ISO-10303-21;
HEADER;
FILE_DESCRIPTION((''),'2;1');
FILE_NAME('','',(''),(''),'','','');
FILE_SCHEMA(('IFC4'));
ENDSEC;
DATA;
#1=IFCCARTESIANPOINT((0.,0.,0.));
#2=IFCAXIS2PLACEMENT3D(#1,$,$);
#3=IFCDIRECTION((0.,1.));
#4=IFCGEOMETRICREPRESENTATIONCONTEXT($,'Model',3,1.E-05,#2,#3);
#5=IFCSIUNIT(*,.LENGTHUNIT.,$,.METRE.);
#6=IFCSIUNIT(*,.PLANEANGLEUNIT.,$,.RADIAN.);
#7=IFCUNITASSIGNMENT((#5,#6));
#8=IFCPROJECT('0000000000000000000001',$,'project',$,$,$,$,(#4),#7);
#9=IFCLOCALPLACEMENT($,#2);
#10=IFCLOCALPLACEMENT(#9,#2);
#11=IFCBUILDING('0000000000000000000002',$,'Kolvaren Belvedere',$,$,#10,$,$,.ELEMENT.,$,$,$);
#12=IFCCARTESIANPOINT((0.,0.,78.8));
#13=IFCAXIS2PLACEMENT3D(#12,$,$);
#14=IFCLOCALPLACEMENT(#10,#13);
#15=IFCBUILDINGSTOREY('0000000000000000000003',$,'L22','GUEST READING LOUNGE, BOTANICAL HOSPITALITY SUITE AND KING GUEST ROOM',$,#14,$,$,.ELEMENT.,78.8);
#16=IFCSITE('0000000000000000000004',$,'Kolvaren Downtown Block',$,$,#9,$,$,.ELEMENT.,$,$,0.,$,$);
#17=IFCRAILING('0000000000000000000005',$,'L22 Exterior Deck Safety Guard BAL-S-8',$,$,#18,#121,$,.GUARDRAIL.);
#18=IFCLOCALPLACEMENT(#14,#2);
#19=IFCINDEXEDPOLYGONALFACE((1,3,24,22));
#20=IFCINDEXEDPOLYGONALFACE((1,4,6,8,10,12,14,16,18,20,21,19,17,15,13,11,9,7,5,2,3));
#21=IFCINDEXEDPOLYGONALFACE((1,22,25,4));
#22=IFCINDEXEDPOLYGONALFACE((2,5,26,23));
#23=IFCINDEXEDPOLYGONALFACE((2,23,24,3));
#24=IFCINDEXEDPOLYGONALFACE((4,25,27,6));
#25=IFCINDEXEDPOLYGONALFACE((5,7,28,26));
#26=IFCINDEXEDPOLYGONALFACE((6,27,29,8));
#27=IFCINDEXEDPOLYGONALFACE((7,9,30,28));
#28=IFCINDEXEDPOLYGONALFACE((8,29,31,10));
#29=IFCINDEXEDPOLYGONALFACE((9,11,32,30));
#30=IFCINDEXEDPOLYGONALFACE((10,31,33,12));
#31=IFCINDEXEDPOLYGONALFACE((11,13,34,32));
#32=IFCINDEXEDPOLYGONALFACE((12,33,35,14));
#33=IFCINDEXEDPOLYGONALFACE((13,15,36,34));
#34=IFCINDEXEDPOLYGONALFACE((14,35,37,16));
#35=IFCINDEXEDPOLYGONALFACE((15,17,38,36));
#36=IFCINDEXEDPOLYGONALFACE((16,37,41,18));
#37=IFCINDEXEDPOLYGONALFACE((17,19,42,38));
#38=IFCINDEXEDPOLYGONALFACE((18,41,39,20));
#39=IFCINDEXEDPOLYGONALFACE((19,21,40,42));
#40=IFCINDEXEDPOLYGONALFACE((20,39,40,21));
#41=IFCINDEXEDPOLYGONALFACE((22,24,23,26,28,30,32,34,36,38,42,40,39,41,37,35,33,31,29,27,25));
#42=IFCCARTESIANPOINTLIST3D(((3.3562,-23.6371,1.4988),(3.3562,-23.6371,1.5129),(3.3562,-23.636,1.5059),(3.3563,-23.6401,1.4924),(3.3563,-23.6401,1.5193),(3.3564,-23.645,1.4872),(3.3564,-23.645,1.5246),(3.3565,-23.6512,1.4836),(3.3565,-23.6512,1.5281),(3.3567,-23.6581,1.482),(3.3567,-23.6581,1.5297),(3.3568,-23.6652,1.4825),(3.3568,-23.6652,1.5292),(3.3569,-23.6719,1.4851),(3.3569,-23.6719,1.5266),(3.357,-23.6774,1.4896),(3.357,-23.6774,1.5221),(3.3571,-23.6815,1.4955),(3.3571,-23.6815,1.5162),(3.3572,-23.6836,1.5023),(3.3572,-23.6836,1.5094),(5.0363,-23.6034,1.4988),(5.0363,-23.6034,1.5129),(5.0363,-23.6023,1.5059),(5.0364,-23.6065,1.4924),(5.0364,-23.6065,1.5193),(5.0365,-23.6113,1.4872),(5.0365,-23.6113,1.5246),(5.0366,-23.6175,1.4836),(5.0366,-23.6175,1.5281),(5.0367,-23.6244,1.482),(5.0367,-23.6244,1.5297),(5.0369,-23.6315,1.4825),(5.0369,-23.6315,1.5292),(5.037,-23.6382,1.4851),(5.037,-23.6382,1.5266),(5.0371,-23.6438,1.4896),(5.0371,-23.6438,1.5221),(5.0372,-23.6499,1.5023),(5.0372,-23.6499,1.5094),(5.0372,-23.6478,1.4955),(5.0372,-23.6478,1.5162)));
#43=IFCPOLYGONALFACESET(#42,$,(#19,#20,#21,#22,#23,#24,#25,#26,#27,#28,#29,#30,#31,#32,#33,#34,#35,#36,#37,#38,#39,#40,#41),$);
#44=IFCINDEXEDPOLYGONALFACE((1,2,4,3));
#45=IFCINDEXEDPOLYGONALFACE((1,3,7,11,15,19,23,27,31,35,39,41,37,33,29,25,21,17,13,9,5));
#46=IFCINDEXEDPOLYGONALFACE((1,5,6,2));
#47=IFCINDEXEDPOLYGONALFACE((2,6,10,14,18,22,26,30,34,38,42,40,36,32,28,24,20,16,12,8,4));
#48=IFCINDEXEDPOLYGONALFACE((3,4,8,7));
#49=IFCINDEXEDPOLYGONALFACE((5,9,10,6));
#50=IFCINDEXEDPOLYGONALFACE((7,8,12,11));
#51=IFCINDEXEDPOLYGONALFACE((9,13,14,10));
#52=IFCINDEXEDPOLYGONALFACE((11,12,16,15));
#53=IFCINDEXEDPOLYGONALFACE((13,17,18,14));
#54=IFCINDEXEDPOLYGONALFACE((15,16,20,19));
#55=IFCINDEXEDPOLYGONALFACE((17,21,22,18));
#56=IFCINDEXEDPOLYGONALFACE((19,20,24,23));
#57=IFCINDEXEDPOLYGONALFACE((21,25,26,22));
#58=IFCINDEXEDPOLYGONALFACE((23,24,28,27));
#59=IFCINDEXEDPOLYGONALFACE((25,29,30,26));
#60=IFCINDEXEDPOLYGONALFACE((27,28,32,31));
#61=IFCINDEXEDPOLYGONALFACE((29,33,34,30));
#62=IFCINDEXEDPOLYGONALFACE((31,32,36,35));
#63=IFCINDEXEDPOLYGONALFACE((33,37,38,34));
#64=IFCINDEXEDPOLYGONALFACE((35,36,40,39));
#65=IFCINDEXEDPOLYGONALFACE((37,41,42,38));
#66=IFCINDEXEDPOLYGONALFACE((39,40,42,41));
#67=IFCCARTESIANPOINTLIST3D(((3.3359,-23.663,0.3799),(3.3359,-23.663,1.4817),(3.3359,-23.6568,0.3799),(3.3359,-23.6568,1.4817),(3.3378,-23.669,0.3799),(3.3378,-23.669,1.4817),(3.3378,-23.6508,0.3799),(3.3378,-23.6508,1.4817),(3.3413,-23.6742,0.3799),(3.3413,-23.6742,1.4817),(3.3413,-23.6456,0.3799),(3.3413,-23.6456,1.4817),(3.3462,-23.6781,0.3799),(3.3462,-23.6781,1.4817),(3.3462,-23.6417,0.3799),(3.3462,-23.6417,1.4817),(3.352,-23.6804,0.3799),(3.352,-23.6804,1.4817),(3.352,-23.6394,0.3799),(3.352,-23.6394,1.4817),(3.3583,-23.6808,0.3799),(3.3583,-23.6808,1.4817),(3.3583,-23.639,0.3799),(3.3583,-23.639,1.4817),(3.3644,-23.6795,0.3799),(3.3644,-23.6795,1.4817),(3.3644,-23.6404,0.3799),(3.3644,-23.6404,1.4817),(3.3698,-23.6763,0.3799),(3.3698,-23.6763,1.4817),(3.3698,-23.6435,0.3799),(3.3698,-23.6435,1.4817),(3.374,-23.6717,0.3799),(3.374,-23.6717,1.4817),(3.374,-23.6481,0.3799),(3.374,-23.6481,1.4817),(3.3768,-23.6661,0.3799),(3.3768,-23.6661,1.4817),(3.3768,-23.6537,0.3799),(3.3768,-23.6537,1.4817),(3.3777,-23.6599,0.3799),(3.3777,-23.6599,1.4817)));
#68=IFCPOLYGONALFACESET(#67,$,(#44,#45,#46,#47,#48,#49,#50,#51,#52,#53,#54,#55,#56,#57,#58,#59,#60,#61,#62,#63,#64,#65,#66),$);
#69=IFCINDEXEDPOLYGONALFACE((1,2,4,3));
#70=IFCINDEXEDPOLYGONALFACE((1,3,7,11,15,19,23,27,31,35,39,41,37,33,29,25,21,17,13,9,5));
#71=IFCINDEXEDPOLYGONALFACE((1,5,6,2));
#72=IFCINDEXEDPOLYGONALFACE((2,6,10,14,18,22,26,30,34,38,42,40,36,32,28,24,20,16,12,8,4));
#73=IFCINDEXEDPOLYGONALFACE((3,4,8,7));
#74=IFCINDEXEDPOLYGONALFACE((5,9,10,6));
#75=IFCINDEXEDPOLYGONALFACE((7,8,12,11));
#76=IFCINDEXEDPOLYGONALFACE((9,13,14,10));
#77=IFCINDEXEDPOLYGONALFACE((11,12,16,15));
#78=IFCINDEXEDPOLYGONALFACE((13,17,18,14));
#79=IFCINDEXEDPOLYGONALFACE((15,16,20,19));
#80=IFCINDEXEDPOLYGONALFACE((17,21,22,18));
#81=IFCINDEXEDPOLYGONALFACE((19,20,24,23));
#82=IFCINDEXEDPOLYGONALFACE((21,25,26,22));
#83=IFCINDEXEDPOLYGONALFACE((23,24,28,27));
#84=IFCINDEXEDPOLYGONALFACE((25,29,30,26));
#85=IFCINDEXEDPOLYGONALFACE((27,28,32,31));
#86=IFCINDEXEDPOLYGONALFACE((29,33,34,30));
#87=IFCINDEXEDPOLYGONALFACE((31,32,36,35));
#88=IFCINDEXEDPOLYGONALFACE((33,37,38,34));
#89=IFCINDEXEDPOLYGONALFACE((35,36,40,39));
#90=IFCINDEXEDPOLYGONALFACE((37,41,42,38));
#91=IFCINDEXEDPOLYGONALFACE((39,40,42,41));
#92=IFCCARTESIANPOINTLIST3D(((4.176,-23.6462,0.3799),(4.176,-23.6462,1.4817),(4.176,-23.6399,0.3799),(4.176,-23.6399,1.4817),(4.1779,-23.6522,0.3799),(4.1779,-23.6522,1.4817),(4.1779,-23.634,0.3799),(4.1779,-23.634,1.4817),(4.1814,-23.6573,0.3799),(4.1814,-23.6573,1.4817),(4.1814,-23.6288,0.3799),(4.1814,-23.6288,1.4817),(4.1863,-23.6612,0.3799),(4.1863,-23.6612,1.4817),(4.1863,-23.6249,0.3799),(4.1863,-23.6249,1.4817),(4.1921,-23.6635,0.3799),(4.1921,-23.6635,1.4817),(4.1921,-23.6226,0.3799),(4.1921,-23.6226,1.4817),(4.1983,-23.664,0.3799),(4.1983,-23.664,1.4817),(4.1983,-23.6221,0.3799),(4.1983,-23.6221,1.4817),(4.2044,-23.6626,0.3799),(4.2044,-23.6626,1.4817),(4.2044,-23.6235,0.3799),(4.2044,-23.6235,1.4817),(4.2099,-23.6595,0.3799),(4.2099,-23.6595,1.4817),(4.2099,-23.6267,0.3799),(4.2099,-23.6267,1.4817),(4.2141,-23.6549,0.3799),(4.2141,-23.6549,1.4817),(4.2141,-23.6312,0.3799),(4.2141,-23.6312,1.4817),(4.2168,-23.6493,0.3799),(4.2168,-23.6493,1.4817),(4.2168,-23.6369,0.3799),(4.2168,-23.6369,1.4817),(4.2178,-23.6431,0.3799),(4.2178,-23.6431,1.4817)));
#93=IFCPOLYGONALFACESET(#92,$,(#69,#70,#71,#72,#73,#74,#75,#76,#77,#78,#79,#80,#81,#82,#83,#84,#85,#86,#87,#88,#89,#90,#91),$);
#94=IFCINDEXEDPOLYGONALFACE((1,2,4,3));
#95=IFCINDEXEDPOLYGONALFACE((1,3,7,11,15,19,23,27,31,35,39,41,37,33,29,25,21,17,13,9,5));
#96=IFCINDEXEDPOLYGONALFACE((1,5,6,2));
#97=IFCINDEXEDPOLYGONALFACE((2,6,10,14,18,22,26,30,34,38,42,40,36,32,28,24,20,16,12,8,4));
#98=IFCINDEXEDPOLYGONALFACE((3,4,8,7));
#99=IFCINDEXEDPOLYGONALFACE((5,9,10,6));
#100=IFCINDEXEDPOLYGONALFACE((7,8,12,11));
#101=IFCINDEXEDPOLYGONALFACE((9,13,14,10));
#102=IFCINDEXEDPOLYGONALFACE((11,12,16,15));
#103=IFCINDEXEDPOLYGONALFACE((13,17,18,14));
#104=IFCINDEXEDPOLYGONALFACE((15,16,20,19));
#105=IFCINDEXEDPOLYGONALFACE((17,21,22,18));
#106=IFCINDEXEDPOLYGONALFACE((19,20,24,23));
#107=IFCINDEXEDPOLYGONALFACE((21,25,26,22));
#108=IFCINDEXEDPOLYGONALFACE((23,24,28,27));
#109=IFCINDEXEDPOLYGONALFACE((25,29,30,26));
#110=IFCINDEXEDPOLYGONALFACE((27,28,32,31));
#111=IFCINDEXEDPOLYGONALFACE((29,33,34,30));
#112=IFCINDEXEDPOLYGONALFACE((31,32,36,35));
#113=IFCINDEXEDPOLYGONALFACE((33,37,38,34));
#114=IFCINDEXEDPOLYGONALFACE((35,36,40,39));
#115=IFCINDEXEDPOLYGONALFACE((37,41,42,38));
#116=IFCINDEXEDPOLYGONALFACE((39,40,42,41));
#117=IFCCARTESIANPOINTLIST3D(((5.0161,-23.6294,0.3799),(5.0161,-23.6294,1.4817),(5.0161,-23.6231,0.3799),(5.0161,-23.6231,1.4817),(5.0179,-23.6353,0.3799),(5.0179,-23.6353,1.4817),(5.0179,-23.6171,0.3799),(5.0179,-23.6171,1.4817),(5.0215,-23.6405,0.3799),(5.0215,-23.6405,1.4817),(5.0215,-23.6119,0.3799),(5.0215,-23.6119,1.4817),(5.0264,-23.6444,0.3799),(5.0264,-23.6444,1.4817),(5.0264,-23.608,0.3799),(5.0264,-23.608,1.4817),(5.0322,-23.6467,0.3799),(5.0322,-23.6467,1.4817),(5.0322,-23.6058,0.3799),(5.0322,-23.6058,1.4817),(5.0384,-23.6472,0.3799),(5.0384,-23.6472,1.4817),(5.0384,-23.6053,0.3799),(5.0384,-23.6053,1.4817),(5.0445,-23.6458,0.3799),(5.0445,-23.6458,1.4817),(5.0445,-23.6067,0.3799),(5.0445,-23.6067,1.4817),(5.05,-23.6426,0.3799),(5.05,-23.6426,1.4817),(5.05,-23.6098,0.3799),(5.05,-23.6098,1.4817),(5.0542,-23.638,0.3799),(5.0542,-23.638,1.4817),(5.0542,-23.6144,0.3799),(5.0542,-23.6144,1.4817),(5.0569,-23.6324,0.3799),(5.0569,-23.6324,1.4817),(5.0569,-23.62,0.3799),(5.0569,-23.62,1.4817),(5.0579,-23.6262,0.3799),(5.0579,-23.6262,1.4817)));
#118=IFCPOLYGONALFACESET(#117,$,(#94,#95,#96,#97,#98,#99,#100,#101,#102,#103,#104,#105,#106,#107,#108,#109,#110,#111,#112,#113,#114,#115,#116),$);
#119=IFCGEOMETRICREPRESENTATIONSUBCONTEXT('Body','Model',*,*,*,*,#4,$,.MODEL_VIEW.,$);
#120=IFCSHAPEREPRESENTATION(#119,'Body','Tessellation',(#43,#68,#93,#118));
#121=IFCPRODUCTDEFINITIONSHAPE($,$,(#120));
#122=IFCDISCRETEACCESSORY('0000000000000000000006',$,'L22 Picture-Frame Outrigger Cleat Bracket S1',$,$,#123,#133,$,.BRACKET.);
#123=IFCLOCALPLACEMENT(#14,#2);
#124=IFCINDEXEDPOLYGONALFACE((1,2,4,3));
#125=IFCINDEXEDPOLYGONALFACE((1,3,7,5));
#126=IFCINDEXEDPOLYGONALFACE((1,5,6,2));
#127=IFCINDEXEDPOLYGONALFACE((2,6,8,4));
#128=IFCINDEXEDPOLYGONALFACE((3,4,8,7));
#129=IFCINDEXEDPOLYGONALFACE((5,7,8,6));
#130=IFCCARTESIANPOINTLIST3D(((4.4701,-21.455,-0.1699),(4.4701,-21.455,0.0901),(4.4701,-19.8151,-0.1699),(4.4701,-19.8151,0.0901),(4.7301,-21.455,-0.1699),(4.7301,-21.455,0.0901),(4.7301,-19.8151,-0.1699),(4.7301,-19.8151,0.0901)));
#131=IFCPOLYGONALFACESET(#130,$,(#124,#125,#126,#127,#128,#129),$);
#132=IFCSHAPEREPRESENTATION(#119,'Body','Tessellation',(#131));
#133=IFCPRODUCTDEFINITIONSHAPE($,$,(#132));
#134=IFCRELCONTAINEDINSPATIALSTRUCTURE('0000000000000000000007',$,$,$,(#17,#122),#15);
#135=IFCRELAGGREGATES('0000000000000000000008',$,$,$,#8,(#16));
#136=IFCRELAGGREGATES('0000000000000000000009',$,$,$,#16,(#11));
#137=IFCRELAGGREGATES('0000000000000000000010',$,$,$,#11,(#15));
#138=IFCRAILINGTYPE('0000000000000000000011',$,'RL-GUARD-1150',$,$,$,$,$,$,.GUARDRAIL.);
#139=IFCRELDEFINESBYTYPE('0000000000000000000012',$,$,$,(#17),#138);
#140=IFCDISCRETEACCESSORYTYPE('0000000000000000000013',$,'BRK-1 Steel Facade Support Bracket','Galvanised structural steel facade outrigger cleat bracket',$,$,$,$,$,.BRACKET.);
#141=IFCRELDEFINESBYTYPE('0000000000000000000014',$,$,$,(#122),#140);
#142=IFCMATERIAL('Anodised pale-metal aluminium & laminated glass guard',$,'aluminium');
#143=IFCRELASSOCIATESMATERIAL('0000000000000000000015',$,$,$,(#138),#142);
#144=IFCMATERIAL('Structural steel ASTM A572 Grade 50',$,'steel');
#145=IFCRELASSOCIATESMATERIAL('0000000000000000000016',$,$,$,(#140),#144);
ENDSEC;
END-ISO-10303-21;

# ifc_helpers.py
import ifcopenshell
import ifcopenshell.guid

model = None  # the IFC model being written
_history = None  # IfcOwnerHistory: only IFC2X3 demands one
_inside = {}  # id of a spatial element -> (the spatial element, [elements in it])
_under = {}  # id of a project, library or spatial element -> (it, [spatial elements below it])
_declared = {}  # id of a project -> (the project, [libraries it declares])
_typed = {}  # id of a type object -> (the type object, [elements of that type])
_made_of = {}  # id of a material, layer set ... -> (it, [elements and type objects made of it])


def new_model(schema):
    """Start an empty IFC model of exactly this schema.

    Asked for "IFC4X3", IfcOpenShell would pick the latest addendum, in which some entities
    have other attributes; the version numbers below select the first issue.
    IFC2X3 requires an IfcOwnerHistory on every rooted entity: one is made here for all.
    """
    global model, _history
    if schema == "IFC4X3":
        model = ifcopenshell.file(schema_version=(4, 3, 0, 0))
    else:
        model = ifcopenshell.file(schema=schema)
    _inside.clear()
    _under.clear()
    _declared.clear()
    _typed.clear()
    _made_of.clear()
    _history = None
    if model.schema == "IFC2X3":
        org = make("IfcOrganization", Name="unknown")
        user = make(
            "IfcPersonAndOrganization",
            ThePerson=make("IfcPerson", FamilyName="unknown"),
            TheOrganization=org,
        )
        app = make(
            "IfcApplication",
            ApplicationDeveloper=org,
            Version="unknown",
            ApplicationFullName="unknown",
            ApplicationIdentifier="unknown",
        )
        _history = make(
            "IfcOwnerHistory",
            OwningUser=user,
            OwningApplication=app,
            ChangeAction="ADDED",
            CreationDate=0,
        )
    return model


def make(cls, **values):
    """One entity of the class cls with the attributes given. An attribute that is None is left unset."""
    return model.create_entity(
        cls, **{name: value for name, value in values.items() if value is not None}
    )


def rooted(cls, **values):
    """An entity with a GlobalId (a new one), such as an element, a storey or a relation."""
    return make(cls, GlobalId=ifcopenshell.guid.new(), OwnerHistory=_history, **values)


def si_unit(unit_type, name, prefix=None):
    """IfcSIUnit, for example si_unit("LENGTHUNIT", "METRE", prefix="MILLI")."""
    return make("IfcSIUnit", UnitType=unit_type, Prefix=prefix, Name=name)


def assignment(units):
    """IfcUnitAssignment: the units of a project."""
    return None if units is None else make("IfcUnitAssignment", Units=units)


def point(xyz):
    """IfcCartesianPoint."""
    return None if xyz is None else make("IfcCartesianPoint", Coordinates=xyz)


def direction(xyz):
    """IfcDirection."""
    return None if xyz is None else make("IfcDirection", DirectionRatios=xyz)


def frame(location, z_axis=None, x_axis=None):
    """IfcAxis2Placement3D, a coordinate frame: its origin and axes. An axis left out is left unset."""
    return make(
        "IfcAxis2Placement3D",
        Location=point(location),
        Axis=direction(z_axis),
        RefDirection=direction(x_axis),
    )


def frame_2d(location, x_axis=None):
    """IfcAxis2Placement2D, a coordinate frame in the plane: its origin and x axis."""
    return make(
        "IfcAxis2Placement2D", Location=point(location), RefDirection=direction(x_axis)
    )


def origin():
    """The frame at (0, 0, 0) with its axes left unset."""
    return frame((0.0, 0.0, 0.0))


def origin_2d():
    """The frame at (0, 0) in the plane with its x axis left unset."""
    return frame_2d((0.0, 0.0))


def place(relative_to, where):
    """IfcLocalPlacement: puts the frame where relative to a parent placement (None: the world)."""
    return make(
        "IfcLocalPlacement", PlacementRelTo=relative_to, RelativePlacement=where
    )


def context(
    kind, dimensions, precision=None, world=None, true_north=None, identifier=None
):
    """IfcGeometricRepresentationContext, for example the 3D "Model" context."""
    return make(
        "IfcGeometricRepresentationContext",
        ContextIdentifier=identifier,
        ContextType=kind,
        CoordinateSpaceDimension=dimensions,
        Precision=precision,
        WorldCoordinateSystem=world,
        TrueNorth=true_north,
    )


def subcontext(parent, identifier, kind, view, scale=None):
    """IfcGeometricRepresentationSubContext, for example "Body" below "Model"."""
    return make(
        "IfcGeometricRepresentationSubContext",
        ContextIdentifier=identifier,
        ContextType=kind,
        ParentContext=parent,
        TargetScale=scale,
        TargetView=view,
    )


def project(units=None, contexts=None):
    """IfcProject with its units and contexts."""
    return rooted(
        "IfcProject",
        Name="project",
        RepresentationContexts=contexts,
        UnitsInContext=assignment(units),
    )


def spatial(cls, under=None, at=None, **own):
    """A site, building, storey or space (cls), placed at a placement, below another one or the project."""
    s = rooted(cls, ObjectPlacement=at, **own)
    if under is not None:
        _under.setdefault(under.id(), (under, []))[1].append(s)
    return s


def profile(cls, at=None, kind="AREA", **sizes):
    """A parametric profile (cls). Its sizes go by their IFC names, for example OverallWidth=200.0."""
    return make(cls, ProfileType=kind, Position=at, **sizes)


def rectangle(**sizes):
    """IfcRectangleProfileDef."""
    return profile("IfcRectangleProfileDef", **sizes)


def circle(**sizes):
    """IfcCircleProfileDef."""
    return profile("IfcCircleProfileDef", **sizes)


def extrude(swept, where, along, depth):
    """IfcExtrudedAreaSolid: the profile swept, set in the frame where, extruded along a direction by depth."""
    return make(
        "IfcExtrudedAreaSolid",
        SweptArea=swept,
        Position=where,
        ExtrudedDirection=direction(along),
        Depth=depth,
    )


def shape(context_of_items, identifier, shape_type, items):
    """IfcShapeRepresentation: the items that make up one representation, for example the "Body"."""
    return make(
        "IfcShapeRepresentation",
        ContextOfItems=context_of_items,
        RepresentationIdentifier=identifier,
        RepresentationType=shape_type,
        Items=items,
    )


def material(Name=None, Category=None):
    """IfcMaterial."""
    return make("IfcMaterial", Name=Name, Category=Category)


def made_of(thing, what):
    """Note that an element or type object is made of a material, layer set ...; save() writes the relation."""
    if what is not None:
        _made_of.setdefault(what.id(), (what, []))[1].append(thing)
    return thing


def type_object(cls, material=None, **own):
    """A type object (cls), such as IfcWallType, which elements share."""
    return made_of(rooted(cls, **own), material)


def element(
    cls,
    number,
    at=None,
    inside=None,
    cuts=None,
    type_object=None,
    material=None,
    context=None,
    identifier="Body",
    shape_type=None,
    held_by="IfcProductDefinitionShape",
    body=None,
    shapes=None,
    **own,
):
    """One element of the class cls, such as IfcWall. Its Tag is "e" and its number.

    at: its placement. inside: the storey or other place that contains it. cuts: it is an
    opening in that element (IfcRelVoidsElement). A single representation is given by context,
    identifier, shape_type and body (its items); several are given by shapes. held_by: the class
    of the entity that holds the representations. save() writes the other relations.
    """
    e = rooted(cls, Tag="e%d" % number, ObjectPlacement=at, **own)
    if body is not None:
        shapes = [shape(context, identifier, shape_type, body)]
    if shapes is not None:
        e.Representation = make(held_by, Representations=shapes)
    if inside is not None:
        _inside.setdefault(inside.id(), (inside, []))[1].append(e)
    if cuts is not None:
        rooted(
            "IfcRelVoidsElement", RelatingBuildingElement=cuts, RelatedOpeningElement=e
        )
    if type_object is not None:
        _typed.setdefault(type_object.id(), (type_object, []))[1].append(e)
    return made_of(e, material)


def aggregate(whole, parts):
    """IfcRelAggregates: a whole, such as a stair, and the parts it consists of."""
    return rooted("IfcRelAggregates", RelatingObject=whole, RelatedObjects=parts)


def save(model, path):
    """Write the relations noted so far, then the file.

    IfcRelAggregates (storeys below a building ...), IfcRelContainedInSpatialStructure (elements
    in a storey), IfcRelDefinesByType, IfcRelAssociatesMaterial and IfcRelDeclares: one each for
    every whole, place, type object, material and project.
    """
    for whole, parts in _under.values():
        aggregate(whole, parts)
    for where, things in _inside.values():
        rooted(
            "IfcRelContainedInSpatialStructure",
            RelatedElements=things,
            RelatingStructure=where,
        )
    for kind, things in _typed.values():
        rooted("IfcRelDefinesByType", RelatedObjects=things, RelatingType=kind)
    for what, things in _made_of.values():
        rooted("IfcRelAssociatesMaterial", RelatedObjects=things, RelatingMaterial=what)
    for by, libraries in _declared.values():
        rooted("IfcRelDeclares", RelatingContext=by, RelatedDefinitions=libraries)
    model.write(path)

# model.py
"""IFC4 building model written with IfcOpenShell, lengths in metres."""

from ifc_helpers import new_model, si_unit, direction, frame, origin, origin_2d, place, context, subcontext, project, spatial, rectangle, circle, extrude, material, type_object, element, save


model = new_model("IFC4")

# Units and contexts
model_context = context("Model", 3, precision=1e-05, world=origin(), true_north=direction((0.0, 1.0)))
body_context = subcontext(model_context, "Body", "Model", "MODEL_VIEW")
ifc_project = project(units=[si_unit("LENGTHUNIT", "METRE"), si_unit("PLANEANGLEUNIT", "RADIAN")], contexts=[model_context])

# Site, building, storey
site_placement = place(None, origin())
site = spatial("IfcSite", under=ifc_project, at=site_placement, Name="Kolvaren Downtown Block", CompositionType="ELEMENT", RefElevation=0.0)
building_placement = place(site_placement, origin())
building = spatial("IfcBuilding", under=site, at=building_placement, Name="Kolvaren Belvedere", CompositionType="ELEMENT")
storey_placement = place(building_placement, frame((0.0, 0.0, 78.8)))
storey = spatial("IfcBuildingStorey", under=building, at=storey_placement, Name="L22", Description="GUEST READING LOUNGE, BOTANICAL HOSPITALITY SUITE AND KING GUEST ROOM", CompositionType="ELEMENT", Elevation=78.8)

# Railing
ifc_material_1 = material(Name="Anodised pale-metal aluminium & laminated glass guard", Category="aluminium")
railing_type = type_object("IfcRailingType", Name="RL-GUARD-1150", PredefinedType="GUARDRAIL", material=ifc_material_1)
railing_1_placement = place(storey_placement, frame((3.3567, -23.6599, 0.3799)))
element("IfcRailing", 1, at=railing_1_placement, inside=storey, type_object=railing_type, Name="L22 Exterior Deck Safety Guard BAL-S-8", PredefinedType="GUARDRAIL", context=body_context, shape_type="SweptSolid", body=[
    extrude(circle(Radius=0.0239, at=origin_2d()), frame((0.0, 0.0, 1.126), z_axis=(0.999799, 0.020048, 0.0), x_axis=(-0.020048, 0.999799, 0.0)), (0.0, 0.0, 1.0), 1.6804),
    extrude(circle(Radius=0.021, at=origin_2d()), origin(), (0.0, 0.0, 1.0), 1.1018),
    extrude(circle(Radius=0.021, at=origin_2d()), frame((0.8401, 0.0168, 0.0)), (0.0, 0.0, 1.0), 1.1018),
    extrude(circle(Radius=0.021, at=origin_2d()), frame((1.6802, 0.0337, 0.0)), (0.0, 0.0, 1.0), 1.1018),
])

# Discrete accessory
ifc_material_2 = material(Name="Structural steel ASTM A572 Grade 50", Category="steel")
discrete_accessory_type = type_object("IfcDiscreteAccessoryType", Name="BRK-1 Steel Facade Support Bracket", Description="Galvanised structural steel facade outrigger cleat bracket", PredefinedType="BRACKET", material=ifc_material_2)
discrete_accessory_placement = place(storey_placement, frame((4.6001, -20.635, -0.1699), z_axis=(0.0, 0.0, 1.0), x_axis=(0.0, 1.0, 0.0)))
element("IfcDiscreteAccessory", 2, at=discrete_accessory_placement, inside=storey, type_object=discrete_accessory_type, Name="L22 Picture-Frame Outrigger Cleat Bracket S1", PredefinedType="BRACKET", context=body_context, shape_type="SweptSolid", body=[
    extrude(rectangle(XDim=1.6399, YDim=0.26, at=origin_2d()), origin(), (0.0, 0.0, 1.0), 0.26),
])

save(model, "model.ifc")
